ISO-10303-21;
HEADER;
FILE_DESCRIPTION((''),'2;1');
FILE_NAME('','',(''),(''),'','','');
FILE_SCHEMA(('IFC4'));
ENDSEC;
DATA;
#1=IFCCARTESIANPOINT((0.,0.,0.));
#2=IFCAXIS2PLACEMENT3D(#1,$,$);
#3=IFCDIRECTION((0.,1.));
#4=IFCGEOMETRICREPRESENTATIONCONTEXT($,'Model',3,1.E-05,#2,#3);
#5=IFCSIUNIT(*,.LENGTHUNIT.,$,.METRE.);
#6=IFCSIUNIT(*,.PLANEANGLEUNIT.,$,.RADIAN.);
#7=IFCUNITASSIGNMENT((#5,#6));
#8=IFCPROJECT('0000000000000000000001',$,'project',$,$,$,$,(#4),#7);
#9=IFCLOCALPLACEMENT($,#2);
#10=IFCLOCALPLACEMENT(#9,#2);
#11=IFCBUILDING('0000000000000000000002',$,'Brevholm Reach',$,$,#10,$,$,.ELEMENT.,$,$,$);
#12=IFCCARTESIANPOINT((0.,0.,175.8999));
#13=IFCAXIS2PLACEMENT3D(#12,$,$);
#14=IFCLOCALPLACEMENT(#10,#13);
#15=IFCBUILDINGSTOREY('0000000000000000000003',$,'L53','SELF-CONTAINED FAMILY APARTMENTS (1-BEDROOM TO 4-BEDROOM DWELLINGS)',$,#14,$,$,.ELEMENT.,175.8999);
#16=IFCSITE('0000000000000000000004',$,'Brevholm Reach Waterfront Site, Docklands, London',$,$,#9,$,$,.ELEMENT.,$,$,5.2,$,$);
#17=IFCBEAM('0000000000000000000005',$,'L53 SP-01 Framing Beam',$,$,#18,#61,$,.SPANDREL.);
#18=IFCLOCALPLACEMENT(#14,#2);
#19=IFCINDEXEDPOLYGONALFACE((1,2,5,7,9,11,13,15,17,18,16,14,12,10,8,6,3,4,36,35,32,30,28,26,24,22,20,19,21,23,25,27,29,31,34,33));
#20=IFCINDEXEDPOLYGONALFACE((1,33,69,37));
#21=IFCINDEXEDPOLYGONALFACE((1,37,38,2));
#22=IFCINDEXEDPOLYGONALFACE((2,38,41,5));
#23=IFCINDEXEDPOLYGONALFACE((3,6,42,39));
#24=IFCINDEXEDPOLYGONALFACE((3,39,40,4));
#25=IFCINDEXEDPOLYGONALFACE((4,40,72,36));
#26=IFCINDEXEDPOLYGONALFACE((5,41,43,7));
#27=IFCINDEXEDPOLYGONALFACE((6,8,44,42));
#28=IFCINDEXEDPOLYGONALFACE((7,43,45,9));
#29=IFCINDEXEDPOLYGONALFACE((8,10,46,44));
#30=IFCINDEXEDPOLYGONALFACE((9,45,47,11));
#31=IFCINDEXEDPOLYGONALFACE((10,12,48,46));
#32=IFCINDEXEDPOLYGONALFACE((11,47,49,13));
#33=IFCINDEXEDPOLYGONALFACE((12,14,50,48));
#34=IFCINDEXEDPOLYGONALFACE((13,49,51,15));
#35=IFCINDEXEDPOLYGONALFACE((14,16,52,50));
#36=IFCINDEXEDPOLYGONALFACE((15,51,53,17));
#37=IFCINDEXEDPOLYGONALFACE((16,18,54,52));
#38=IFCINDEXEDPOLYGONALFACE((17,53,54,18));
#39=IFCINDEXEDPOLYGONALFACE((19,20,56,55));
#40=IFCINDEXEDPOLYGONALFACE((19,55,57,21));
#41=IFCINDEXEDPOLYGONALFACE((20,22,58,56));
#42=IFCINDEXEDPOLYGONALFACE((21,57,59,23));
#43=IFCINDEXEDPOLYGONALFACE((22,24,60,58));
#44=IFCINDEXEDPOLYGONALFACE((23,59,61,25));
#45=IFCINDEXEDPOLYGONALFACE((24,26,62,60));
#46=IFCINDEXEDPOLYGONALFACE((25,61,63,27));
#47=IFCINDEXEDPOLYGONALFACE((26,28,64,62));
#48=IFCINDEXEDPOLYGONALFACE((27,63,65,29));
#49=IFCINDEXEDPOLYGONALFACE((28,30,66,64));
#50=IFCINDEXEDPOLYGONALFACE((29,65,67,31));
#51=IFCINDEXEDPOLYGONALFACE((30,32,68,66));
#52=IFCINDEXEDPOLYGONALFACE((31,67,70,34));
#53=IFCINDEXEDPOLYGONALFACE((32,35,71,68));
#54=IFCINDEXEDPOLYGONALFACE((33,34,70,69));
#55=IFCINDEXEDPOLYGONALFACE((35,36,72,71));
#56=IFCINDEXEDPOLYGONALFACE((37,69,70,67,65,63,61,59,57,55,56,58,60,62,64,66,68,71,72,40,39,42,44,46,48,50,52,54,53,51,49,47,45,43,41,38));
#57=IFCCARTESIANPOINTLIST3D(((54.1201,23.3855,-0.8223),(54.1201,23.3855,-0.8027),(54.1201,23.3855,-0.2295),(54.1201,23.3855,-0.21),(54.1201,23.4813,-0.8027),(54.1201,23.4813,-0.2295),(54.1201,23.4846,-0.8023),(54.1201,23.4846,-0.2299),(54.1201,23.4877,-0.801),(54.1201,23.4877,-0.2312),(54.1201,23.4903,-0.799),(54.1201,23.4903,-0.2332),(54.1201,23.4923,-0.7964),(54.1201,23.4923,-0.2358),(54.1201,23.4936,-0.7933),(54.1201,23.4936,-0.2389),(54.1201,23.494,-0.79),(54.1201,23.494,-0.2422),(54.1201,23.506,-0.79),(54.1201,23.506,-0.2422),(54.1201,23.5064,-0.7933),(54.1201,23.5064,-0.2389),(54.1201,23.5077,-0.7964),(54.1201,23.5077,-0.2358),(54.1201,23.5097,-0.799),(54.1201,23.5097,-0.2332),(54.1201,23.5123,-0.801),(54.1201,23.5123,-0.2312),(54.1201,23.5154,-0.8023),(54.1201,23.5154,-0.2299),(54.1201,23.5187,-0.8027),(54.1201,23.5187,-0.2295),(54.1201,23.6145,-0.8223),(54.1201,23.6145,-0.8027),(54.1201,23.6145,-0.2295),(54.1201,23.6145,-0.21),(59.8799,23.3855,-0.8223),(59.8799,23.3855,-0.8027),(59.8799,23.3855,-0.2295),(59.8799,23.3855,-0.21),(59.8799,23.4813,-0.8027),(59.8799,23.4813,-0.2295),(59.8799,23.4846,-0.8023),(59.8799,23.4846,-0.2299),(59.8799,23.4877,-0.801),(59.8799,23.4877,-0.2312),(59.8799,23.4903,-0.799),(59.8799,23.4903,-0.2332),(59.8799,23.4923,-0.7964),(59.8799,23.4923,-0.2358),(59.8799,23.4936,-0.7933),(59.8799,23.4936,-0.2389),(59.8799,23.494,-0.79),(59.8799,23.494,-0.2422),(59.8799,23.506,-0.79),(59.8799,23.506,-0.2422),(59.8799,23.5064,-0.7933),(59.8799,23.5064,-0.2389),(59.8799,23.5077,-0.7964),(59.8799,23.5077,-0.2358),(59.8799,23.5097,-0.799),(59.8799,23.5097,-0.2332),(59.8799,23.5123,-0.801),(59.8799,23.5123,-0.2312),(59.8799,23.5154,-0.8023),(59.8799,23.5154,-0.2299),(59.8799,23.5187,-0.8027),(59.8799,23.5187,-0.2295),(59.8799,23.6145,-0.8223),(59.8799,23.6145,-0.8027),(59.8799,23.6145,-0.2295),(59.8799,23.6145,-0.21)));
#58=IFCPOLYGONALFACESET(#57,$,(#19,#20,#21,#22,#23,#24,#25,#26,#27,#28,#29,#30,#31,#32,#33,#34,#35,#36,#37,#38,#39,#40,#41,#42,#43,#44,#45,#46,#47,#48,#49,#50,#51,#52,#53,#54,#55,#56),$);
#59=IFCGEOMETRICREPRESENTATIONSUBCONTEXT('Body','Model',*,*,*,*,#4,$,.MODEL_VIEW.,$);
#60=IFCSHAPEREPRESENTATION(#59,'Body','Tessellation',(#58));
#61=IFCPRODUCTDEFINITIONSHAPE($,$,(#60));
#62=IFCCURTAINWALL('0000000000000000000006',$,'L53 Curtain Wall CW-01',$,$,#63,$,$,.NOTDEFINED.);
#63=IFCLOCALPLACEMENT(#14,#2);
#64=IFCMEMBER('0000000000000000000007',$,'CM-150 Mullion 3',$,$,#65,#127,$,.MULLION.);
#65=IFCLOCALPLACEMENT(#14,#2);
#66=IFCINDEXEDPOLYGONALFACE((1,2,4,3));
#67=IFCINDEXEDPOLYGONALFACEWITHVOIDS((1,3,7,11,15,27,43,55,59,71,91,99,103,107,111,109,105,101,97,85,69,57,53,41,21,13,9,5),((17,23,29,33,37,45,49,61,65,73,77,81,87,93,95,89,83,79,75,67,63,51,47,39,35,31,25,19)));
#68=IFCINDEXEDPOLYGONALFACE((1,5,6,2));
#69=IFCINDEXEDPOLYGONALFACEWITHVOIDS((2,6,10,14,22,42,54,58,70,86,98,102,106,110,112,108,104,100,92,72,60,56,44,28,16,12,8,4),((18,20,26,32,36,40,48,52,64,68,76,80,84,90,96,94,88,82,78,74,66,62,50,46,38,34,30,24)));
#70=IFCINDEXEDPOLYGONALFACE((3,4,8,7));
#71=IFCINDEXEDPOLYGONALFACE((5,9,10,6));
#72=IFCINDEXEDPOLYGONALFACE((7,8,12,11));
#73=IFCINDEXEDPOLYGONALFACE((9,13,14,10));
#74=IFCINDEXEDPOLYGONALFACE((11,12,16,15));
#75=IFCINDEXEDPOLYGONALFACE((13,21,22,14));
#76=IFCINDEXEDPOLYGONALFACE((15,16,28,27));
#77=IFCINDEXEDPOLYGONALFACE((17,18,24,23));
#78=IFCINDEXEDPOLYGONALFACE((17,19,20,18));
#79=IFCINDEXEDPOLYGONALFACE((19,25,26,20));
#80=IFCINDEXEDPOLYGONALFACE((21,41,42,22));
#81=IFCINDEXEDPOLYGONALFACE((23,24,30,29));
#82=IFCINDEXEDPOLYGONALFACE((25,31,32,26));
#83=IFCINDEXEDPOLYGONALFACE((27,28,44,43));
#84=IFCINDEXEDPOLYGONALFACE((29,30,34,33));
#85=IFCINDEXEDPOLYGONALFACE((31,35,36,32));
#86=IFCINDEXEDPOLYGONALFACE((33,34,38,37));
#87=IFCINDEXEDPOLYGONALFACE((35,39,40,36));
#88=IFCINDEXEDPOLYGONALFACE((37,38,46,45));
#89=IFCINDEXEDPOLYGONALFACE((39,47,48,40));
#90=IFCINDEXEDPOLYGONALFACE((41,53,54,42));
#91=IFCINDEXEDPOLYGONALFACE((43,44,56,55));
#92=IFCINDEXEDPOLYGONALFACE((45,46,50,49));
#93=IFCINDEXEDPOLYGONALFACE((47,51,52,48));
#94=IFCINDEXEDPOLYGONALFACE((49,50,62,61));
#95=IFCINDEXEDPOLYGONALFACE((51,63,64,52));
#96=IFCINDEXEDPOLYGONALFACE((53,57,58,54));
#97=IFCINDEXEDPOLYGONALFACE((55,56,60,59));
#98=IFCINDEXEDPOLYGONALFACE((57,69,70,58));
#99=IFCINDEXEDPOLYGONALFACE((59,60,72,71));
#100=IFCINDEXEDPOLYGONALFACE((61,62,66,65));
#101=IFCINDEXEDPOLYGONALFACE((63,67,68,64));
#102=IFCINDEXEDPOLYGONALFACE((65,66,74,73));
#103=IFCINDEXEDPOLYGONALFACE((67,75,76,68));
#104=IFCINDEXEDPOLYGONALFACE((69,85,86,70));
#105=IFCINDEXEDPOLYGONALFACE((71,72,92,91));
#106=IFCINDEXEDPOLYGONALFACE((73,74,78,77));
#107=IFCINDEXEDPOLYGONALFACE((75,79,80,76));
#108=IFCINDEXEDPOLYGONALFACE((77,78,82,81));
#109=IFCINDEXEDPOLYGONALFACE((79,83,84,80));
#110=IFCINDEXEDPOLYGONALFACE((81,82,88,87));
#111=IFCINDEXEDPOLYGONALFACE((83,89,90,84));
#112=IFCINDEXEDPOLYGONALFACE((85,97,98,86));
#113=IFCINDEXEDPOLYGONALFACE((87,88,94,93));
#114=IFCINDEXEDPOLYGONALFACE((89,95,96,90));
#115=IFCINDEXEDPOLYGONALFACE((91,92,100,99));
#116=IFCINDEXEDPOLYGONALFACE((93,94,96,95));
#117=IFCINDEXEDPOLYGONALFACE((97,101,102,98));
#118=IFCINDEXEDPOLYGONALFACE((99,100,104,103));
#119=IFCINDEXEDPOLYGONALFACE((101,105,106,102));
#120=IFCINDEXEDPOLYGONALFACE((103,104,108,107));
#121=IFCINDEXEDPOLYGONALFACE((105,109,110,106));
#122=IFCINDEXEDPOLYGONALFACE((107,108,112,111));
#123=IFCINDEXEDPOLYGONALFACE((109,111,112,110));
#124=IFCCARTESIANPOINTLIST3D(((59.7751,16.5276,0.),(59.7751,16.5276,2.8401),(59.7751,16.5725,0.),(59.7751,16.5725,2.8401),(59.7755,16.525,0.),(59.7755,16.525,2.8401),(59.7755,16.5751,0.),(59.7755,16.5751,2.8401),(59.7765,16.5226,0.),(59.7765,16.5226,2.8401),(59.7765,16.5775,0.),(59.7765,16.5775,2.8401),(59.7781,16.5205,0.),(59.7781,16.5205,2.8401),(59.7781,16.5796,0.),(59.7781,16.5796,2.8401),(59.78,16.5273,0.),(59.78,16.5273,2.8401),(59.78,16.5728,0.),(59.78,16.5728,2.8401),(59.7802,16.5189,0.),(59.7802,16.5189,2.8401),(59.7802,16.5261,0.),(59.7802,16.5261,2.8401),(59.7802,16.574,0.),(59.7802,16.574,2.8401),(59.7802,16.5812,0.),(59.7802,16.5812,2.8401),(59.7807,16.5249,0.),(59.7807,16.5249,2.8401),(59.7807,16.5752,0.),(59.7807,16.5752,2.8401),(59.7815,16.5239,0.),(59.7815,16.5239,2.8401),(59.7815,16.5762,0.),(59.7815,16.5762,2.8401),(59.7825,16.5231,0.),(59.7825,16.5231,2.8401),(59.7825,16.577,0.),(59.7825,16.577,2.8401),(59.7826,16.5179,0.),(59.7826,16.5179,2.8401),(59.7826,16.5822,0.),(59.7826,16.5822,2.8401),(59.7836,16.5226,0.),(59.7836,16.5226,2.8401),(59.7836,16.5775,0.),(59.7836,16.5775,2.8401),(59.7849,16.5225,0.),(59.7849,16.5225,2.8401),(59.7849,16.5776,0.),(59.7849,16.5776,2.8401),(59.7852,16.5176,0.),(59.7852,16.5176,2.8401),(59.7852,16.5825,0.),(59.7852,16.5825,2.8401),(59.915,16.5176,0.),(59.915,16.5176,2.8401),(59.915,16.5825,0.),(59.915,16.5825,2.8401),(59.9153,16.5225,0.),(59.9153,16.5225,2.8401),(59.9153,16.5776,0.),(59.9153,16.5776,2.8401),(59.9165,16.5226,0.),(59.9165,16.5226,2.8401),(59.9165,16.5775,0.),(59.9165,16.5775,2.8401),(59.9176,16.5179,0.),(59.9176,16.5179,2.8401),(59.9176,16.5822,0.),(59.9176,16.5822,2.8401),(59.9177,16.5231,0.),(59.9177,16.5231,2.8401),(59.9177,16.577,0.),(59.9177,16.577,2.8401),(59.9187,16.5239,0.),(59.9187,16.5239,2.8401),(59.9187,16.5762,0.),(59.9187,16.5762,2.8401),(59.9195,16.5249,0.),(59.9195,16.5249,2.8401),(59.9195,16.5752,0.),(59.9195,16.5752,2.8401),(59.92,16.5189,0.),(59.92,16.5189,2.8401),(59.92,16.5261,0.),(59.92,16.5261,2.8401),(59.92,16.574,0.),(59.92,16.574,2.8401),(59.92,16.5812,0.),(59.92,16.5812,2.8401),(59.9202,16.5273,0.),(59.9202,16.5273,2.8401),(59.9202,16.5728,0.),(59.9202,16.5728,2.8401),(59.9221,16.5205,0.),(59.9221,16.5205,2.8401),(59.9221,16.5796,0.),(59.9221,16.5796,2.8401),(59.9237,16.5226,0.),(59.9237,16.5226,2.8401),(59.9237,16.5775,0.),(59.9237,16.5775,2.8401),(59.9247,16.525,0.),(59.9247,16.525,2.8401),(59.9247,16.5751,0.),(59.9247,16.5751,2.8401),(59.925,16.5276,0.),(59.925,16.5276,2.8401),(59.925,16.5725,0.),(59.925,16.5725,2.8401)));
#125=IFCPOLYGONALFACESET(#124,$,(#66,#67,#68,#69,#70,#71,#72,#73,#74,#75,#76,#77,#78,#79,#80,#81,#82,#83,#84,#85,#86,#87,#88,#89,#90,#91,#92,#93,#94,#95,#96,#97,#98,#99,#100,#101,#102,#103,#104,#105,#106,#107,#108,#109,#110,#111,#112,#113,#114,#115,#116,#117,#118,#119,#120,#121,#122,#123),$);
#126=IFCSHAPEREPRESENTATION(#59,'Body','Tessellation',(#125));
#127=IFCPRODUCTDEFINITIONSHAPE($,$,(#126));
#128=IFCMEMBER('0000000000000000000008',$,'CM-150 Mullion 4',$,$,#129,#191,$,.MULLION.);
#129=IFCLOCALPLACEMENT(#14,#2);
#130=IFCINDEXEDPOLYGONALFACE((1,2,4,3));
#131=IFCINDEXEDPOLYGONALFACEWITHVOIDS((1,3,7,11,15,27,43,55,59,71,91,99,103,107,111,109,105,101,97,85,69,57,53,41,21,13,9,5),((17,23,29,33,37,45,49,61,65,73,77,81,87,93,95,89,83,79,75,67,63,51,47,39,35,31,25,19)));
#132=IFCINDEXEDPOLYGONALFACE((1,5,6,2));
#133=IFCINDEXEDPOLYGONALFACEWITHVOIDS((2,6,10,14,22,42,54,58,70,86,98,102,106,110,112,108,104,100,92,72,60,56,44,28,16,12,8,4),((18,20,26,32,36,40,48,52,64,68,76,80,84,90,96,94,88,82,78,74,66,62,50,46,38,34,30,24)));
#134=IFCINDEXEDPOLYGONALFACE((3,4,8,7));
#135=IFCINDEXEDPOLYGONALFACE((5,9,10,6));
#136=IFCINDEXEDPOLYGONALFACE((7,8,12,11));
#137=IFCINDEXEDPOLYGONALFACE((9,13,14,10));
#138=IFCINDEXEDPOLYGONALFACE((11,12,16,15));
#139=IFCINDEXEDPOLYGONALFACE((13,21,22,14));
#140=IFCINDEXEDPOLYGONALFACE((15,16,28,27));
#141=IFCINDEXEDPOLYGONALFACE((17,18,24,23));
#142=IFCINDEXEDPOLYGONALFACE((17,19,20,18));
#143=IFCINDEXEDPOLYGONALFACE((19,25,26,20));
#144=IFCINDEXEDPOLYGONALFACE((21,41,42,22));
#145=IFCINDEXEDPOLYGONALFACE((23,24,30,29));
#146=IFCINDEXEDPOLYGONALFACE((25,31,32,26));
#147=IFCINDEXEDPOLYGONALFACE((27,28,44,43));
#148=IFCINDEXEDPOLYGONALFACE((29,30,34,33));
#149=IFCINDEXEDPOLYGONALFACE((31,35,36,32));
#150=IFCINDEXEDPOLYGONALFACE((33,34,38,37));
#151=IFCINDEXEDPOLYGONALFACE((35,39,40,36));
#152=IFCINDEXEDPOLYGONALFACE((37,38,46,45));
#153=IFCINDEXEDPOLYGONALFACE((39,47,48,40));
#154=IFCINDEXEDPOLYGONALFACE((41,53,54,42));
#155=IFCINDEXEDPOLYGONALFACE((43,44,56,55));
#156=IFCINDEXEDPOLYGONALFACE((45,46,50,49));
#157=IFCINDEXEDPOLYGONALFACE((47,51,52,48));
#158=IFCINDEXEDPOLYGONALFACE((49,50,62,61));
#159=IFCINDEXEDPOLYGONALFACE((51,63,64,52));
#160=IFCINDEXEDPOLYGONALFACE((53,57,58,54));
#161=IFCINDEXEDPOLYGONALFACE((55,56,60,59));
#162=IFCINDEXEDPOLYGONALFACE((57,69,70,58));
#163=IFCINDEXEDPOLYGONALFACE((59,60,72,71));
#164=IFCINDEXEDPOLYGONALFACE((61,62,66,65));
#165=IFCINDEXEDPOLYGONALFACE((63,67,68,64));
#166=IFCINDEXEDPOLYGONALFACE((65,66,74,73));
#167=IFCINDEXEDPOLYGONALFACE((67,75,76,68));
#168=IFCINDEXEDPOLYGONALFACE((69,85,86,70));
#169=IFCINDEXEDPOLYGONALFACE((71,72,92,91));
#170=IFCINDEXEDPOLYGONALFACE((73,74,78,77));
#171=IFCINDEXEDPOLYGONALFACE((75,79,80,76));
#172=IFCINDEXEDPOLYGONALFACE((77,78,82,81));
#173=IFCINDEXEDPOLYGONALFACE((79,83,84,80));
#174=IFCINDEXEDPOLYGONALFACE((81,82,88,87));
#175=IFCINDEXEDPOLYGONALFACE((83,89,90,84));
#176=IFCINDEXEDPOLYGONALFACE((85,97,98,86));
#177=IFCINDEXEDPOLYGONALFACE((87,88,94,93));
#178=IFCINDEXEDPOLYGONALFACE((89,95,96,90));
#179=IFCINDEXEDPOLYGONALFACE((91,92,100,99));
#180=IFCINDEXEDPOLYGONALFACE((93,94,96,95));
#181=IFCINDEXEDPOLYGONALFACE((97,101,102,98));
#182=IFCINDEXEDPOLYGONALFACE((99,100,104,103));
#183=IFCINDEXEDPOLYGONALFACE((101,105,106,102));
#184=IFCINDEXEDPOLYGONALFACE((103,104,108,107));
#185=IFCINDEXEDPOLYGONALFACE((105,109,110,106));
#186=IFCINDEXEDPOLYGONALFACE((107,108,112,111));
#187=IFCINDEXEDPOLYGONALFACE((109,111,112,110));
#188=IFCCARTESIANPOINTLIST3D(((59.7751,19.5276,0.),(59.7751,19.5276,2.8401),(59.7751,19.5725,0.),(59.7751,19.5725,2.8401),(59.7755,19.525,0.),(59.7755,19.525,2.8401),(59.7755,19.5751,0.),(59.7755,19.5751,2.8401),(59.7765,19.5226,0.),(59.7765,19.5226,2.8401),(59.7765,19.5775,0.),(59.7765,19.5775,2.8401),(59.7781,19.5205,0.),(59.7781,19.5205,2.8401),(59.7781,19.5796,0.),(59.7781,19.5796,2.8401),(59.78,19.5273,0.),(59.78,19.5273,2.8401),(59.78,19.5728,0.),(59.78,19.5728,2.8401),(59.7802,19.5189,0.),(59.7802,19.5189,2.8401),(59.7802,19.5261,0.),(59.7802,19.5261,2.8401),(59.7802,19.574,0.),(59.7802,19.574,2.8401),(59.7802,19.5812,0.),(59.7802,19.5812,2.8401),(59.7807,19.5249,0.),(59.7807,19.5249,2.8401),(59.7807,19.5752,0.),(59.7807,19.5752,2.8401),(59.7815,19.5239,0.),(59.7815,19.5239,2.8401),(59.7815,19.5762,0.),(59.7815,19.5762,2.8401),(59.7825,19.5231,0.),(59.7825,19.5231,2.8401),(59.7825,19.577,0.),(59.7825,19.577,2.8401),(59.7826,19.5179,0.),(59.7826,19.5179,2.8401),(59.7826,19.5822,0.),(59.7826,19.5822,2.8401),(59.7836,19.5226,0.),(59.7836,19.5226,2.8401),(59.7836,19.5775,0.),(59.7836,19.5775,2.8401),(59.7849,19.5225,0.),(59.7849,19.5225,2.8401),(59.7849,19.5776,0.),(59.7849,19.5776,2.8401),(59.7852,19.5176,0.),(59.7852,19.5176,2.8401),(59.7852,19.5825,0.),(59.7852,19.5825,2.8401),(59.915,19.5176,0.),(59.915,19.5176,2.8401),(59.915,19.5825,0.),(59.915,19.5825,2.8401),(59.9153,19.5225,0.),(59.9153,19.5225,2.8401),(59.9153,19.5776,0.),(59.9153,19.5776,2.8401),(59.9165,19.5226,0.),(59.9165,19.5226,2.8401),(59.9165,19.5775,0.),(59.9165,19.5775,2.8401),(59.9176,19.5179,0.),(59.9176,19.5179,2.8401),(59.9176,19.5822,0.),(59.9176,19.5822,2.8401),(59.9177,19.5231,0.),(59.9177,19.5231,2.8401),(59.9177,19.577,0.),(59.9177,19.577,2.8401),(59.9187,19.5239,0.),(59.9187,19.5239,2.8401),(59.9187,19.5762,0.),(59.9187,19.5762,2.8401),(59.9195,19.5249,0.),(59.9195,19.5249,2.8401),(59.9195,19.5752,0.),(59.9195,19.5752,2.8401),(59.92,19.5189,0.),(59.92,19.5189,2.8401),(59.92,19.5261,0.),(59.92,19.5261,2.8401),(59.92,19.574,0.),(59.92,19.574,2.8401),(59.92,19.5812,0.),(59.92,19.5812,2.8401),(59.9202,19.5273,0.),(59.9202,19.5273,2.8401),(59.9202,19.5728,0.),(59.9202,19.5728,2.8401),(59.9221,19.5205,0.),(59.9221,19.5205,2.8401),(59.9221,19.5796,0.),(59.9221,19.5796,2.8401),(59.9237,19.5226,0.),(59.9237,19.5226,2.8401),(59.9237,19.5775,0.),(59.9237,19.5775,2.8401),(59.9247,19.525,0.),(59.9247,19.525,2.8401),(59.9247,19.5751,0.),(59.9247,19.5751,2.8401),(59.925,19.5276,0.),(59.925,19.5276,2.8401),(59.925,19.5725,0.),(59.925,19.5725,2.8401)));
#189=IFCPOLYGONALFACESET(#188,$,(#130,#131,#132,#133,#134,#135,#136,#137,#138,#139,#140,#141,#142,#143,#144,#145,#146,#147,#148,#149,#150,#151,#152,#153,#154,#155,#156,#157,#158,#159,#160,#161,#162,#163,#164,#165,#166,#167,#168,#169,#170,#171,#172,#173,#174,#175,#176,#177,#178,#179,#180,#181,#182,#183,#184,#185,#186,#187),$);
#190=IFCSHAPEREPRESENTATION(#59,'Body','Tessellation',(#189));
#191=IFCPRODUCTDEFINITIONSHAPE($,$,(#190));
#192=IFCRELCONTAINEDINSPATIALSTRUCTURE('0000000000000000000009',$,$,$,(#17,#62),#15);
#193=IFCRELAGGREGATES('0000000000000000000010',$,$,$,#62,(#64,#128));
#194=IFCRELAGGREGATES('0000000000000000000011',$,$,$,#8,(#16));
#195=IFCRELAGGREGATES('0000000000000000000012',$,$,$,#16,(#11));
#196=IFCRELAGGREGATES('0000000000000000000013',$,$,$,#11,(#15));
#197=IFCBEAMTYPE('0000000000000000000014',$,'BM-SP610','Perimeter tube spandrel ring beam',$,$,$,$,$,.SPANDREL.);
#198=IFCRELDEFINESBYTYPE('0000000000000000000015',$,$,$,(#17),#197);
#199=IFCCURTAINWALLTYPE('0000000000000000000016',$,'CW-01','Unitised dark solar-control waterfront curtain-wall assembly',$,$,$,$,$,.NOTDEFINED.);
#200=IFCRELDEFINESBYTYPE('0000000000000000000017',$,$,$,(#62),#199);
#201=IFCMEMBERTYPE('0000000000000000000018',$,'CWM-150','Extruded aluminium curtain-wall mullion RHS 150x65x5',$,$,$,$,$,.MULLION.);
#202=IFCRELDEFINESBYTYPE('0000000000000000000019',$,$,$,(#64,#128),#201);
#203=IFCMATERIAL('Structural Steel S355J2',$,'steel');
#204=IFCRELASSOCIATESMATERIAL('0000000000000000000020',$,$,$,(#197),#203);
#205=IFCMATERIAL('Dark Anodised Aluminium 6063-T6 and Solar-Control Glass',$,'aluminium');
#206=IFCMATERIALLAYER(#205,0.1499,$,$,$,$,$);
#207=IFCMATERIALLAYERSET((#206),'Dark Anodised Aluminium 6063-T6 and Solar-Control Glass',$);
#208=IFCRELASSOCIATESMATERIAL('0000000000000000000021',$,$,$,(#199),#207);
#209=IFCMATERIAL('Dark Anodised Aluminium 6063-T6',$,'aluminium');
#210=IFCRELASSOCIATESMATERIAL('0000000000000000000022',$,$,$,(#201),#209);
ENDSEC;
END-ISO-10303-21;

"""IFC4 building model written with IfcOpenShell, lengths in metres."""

from ifc_helpers import new_model, si_unit, direction, frame, origin, origin_2d, place, context, subcontext, project, spatial, hollow_rectangle, i_section, extrude, material, layer, layer_set, material_profile, profile_set, type_object, element, aggregate, save


model = new_model("IFC4")

# Units and contexts
model_context = context("Model", 3, precision=1e-05, world=origin(), true_north=direction((0.0, 1.0)))
body_context = subcontext(model_context, "Body", "Model", "MODEL_VIEW")
ifc_project = project(units=[si_unit("LENGTHUNIT", "METRE"), si_unit("PLANEANGLEUNIT", "RADIAN")], contexts=[model_context])

# Site, building, storey
site_placement = place(None, origin())
site = spatial("IfcSite", under=ifc_project, at=site_placement, Name="Brevholm Reach Waterfront Site, Docklands, London", CompositionType="ELEMENT", RefElevation=5.2)
building_placement = place(site_placement, origin())
building = spatial("IfcBuilding", under=site, at=building_placement, Name="Brevholm Reach", CompositionType="ELEMENT")
storey_placement = place(building_placement, frame((0.0, 0.0, 175.8999)))
storey = spatial("IfcBuildingStorey", under=building, at=storey_placement, Name="L53", Description="SELF-CONTAINED FAMILY APARTMENTS (1-BEDROOM TO 4-BEDROOM DWELLINGS)", CompositionType="ELEMENT", Elevation=175.8999)

# Beam
ifc_material_1 = material(Name="Structural Steel S355J2", Category="steel")
ifc_material_profile_1 = material_profile(ifc_material_1, i_section(OverallWidth=0.229, OverallDepth=0.6123, WebThickness=0.012, FlangeThickness=0.0195, FilletRadius=0.0127, at=origin_2d()), Name="UKB 610x229x125")
ifc_profile_set_1 = profile_set([ifc_material_profile_1], Name="Structural Steel S355J2")
beam_type_1 = type_object("IfcBeamType", Name="BM-SP610", Description="Perimeter tube spandrel ring beam", PredefinedType="SPANDREL", material=ifc_profile_set_1)
for number, where, z_axis, x_axis, name in (
    (1, (54.1201, 23.5, -0.5161), (1.0, 0.0, 0.0), (0.0, 1.0, 0.0), "L53 SP-01 Framing Beam"),
):
    element("IfcBeam", number, at=place(storey_placement, frame(where, z_axis=z_axis, x_axis=x_axis)), inside=storey, type_object=beam_type_1, Name=name, PredefinedType="SPANDREL", context=body_context, shape_type="SweptSolid", body=[
        extrude(i_section(OverallWidth=0.229, OverallDepth=0.6123, WebThickness=0.012, FlangeThickness=0.0195, FilletRadius=0.0127, at=origin_2d()), origin(), (0.0, 0.0, 1.0), 5.7598),
    ])

# Curtain wall, members
ifc_material_2 = material(Name="Dark Anodised Aluminium 6063-T6 and Solar-Control Glass", Category="aluminium")
ifc_layer_1 = layer(ifc_material_2, 0.1499)
ifc_layer_set_1 = layer_set([ifc_layer_1], Name="Dark Anodised Aluminium 6063-T6 and Solar-Control Glass")
curtain_wall_type = type_object("IfcCurtainWallType", Name="CW-01", Description="Unitised dark solar-control waterfront curtain-wall assembly", PredefinedType="NOTDEFINED", material=ifc_layer_set_1)
curtain_wall_placement = place(storey_placement, origin())
curtain_wall = element("IfcCurtainWall", 2, at=curtain_wall_placement, inside=storey, type_object=curtain_wall_type, Name="L53 Curtain Wall CW-01", PredefinedType="NOTDEFINED")
ifc_material_3 = material(Name="Dark Anodised Aluminium 6063-T6", Category="aluminium")
ifc_material_profile_2 = material_profile(ifc_material_3, hollow_rectangle(XDim=0.0649, YDim=0.1499, WallThickness=0.0049, InnerFilletRadius=0.0049, OuterFilletRadius=0.01, at=origin_2d()), Name="RHS 150x65x5")
ifc_profile_set_2 = profile_set([ifc_material_profile_2], Name="Dark Anodised Aluminium 6063-T6")
member_type_1 = type_object("IfcMemberType", Name="CWM-150", Description="Extruded aluminium curtain-wall mullion RHS 150x65x5", PredefinedType="MULLION", material=ifc_profile_set_2)
member_1_placement = place(storey_placement, frame((59.8501, 16.55, 0.0), z_axis=(0.0, 0.0, 1.0), x_axis=(0.0, 1.0, 0.0)))
member_1 = element("IfcMember", 3, at=member_1_placement, type_object=member_type_1, Name="CM-150 Mullion 3", PredefinedType="MULLION", context=body_context, shape_type="SweptSolid", body=[
    extrude(hollow_rectangle(XDim=0.0649, YDim=0.1499, WallThickness=0.0049, InnerFilletRadius=0.0049, OuterFilletRadius=0.01, at=origin_2d()), origin(), (0.0, 0.0, 1.0), 2.8401),
])
member_2_placement = place(storey_placement, frame((59.8501, 19.55, 0.0), z_axis=(0.0, 0.0, 1.0), x_axis=(0.0, 1.0, 0.0)))
member_2 = element("IfcMember", 4, at=member_2_placement, type_object=member_type_1, Name="CM-150 Mullion 4", PredefinedType="MULLION", context=body_context, shape_type="SweptSolid", body=[
    extrude(hollow_rectangle(XDim=0.0649, YDim=0.1499, WallThickness=0.0049, InnerFilletRadius=0.0049, OuterFilletRadius=0.01, at=origin_2d()), origin(), (0.0, 0.0, 1.0), 2.8401),
])
aggregate(curtain_wall, [member_1, member_2])

save(model, "model.ifc")
